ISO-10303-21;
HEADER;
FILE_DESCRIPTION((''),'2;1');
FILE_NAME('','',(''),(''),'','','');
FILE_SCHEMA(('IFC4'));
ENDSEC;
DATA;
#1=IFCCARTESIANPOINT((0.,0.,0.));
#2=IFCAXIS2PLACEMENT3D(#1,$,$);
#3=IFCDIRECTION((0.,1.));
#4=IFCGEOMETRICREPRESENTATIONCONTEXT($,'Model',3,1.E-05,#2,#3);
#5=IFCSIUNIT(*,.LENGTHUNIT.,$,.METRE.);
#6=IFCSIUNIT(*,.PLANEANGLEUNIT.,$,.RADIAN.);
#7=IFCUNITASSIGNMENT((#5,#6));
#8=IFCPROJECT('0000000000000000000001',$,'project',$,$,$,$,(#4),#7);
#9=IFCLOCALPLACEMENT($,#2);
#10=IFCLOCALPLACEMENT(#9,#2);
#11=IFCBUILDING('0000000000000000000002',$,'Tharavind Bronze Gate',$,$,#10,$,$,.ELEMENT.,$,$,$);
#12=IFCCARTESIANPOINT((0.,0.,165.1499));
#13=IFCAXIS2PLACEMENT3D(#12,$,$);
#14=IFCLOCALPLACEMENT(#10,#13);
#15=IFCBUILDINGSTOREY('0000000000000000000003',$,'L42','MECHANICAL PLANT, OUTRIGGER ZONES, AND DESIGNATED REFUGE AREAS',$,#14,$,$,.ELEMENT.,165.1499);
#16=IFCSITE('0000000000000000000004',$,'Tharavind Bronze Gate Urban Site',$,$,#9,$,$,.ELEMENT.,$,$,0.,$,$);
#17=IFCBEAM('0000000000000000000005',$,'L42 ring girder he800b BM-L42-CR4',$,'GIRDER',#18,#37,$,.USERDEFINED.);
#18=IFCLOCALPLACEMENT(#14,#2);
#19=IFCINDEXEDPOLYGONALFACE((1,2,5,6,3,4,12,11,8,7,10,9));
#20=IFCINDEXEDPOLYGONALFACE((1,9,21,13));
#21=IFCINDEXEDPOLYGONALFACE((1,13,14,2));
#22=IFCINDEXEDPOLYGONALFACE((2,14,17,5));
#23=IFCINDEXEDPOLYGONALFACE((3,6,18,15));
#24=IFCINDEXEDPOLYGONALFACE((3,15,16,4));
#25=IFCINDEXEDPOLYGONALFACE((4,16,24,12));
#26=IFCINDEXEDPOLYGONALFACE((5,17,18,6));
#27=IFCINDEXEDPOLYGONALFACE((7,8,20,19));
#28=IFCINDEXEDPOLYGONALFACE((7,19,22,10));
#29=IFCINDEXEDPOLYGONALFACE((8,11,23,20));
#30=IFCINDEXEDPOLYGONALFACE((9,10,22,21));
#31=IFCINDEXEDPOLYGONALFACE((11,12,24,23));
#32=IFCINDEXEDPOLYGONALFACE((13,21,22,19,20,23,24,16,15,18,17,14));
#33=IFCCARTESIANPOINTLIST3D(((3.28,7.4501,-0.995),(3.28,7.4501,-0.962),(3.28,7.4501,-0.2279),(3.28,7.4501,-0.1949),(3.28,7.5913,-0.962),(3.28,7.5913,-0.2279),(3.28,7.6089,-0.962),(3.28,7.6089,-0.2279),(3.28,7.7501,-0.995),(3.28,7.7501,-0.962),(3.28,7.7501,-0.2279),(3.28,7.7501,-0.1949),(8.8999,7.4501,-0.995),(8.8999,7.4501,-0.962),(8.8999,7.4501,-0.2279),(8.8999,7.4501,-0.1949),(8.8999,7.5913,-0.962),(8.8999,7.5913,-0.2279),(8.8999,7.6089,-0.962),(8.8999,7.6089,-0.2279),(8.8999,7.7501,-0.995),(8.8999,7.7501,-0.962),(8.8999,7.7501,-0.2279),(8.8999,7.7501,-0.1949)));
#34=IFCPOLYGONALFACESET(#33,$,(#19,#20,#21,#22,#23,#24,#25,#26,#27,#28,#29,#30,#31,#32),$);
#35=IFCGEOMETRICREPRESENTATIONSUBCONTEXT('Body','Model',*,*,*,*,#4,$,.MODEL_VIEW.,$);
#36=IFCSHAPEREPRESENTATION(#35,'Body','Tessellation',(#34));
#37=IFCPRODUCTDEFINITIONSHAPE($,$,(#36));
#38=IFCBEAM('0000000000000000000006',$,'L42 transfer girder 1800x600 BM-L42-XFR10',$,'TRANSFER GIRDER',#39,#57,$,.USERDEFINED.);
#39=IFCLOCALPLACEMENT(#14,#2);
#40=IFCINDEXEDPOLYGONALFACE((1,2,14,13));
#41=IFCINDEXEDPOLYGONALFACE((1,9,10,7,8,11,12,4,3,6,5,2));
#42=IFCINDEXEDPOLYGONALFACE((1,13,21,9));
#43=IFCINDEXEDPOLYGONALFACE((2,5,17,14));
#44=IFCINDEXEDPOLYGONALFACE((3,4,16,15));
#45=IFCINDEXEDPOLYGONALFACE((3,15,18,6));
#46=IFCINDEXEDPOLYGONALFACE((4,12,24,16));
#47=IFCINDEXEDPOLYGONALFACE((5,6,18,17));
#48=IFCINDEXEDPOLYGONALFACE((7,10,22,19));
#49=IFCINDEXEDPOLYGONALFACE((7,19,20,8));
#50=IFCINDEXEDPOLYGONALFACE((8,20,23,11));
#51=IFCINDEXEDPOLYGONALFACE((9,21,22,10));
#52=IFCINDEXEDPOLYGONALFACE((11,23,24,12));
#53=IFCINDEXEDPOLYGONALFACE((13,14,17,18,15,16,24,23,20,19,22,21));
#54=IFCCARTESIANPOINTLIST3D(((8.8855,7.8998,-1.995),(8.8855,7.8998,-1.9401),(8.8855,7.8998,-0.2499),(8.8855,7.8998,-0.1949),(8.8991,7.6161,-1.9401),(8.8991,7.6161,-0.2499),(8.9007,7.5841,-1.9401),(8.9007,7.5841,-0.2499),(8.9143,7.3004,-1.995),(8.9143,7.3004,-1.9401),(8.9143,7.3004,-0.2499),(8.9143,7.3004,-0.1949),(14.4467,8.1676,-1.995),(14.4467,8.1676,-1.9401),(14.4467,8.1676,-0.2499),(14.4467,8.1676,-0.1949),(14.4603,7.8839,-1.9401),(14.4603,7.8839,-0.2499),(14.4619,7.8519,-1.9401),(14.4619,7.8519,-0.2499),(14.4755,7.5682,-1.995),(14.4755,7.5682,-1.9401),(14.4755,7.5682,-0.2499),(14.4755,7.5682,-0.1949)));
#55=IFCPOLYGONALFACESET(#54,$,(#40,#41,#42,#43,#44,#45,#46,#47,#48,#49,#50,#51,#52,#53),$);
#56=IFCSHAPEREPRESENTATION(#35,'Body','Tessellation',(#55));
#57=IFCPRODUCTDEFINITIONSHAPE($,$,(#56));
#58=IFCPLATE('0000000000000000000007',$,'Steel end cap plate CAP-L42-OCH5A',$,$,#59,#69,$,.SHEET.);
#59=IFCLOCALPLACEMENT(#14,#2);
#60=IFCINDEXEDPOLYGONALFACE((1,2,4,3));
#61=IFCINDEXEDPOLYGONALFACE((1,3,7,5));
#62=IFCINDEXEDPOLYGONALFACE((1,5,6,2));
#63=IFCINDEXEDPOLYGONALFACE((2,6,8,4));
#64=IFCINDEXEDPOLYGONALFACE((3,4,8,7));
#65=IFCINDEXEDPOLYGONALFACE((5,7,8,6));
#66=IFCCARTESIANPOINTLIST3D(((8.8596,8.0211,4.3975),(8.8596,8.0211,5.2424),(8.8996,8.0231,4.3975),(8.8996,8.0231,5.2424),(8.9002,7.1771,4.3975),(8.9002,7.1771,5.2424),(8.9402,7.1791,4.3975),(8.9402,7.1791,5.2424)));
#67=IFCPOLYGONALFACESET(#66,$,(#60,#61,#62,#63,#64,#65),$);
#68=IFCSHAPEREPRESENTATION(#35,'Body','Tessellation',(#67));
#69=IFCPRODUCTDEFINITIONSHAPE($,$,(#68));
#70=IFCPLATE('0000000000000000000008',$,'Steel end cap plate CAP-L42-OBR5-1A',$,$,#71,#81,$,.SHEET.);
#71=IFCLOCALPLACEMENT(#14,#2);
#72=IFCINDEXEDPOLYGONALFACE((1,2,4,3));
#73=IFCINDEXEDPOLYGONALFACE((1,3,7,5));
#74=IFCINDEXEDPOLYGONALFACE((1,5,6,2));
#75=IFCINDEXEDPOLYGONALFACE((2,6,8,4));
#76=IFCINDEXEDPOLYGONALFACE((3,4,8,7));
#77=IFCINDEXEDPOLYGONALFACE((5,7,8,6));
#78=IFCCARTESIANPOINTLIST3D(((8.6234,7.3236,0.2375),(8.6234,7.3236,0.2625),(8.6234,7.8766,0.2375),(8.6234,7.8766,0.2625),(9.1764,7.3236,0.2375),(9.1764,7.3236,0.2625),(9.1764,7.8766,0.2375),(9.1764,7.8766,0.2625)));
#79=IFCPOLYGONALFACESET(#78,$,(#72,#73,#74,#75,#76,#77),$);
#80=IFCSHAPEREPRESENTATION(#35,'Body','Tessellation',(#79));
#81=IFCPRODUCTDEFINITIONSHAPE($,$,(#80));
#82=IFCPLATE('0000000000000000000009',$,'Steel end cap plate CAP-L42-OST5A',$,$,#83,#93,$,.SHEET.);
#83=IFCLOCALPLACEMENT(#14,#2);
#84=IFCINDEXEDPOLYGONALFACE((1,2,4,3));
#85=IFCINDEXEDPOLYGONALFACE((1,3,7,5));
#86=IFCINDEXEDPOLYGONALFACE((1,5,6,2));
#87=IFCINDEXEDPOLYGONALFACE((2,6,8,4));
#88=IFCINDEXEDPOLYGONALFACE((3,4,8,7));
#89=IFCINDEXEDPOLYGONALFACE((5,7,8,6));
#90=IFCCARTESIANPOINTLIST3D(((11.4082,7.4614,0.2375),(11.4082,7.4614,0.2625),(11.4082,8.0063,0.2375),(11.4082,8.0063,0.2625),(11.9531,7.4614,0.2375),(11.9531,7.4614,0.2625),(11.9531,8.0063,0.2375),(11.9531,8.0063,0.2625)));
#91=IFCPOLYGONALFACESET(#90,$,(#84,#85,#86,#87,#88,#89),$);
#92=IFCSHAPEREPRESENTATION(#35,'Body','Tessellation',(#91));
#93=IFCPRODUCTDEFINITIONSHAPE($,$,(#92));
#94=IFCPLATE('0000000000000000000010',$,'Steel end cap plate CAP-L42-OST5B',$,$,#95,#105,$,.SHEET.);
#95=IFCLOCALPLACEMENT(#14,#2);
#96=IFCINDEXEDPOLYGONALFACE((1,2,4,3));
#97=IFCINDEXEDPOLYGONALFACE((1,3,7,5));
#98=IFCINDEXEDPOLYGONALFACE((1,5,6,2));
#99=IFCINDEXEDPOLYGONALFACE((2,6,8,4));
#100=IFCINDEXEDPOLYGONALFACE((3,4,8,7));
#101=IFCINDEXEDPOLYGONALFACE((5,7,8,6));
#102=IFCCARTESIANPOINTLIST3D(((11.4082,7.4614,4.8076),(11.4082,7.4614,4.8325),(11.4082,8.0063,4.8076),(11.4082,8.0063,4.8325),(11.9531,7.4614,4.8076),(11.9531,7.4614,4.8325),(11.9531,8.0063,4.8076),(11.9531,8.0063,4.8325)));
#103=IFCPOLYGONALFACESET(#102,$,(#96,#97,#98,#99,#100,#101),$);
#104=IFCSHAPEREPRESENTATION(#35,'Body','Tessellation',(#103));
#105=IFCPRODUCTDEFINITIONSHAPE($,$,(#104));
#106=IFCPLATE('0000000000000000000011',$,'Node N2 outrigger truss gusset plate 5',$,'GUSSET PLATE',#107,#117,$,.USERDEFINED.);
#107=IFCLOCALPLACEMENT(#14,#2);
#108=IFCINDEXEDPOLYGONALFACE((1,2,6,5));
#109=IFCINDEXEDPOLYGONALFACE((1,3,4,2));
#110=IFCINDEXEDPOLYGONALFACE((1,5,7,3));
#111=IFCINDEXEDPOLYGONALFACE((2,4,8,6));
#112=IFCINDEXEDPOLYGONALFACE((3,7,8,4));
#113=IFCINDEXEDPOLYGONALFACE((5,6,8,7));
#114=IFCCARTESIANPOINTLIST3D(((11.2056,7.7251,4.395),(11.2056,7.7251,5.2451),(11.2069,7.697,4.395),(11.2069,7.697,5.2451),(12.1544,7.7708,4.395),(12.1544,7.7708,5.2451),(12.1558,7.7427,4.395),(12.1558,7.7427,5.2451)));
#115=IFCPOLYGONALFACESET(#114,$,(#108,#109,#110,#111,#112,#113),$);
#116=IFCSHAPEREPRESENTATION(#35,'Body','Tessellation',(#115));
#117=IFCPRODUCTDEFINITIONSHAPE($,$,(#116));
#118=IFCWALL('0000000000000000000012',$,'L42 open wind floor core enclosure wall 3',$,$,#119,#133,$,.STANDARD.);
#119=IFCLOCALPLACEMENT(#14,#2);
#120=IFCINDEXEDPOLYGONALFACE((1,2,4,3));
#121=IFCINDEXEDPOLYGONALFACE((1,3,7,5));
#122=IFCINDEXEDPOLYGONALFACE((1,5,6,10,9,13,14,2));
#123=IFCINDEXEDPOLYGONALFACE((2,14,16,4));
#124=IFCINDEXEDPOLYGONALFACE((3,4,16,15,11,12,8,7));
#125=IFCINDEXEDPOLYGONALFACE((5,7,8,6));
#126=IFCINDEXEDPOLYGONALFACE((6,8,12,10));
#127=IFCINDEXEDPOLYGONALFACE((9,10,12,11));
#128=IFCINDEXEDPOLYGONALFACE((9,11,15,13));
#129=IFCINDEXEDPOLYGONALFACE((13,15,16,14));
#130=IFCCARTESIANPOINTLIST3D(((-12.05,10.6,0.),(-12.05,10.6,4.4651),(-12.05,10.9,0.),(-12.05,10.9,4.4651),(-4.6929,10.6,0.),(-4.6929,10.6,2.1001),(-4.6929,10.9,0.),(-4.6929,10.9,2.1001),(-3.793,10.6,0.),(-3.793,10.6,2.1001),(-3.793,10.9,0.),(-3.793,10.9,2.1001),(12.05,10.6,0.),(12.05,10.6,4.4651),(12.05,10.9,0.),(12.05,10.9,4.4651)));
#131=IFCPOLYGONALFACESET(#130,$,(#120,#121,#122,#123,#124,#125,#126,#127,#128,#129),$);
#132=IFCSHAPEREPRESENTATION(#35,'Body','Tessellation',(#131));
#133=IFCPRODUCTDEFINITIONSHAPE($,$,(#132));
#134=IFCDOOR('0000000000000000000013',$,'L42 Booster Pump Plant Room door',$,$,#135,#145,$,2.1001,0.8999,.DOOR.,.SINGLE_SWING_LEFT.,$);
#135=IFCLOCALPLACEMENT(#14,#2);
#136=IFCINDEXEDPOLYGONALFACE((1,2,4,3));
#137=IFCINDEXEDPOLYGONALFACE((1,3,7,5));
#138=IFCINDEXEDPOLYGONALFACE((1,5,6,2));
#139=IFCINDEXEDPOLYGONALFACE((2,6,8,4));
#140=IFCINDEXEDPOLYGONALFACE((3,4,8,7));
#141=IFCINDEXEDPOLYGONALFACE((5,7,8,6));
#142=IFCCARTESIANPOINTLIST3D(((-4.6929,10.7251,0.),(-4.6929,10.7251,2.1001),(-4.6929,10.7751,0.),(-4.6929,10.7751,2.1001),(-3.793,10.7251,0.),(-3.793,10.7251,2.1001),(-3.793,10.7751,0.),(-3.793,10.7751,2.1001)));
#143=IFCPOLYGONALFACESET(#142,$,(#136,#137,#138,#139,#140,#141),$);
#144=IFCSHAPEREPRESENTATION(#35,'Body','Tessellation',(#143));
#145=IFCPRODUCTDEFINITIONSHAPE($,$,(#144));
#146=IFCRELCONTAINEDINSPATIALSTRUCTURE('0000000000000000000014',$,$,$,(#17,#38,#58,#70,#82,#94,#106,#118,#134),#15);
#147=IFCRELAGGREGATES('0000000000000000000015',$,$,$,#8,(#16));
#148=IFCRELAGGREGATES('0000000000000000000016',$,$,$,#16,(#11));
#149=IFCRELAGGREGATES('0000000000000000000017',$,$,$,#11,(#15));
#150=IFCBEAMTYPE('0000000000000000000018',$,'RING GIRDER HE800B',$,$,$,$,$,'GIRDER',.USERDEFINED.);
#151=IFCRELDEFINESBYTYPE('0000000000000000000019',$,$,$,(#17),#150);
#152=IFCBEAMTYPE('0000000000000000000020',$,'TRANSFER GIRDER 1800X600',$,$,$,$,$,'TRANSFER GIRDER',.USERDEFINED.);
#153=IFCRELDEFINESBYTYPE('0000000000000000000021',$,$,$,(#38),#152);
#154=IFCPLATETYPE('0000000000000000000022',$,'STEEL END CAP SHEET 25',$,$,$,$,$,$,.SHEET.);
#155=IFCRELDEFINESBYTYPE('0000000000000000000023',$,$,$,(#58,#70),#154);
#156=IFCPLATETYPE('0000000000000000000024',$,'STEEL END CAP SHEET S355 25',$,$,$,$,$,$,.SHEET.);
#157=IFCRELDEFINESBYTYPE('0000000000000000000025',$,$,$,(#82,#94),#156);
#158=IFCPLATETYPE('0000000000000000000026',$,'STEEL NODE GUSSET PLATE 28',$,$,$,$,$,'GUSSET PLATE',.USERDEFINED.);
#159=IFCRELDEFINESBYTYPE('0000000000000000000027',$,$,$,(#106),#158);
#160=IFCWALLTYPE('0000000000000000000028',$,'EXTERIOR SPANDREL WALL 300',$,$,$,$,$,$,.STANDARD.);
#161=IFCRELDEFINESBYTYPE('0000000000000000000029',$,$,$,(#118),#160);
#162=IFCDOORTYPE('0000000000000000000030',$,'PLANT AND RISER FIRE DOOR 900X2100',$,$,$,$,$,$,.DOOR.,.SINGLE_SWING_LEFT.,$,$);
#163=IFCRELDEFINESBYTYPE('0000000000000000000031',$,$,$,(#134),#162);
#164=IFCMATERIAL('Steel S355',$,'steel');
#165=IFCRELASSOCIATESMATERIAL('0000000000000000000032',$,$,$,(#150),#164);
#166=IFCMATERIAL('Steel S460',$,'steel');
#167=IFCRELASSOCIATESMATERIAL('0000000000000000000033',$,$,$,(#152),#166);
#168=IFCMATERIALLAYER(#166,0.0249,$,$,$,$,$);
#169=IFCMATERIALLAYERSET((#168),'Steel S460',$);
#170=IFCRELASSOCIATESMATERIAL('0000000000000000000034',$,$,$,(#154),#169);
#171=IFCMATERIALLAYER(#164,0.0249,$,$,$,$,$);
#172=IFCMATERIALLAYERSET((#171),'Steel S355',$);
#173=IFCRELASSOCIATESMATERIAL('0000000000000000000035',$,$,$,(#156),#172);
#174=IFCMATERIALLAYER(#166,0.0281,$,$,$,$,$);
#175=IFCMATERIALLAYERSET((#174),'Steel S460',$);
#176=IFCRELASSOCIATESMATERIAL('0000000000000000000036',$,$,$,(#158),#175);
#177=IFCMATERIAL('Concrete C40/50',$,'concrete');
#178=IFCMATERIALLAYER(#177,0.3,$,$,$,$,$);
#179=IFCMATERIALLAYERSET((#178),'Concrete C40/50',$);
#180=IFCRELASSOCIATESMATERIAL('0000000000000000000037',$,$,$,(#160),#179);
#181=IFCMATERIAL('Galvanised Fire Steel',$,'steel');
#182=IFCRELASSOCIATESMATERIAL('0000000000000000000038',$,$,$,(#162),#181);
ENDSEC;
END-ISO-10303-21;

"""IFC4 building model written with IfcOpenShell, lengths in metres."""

from ifc_helpers import new_model, si_unit, direction, frame, frame_2d, origin, origin_2d, place, context, subcontext, project, spatial, rectangle, i_section, extrude, material, layer, layer_set, material_profile, profile_set, type_object, element, fill, save


model = new_model("IFC4")

# Units and contexts
model_context = context("Model", 3, precision=1e-05, world=origin(), true_north=direction((0.0, 1.0)))
body_context = subcontext(model_context, "Body", "Model", "MODEL_VIEW")
ifc_project = project(units=[si_unit("LENGTHUNIT", "METRE"), si_unit("PLANEANGLEUNIT", "RADIAN")], contexts=[model_context])

# Site, building, storey
site_placement = place(None, origin())
site = spatial("IfcSite", under=ifc_project, at=site_placement, Name="Tharavind Bronze Gate Urban Site", CompositionType="ELEMENT", RefElevation=0.0)
building_placement = place(site_placement, origin())
building = spatial("IfcBuilding", under=site, at=building_placement, Name="Tharavind Bronze Gate", CompositionType="ELEMENT")
storey_placement = place(building_placement, frame((0.0, 0.0, 165.1499)))
storey = spatial("IfcBuildingStorey", under=building, at=storey_placement, Name="L42", Description="MECHANICAL PLANT, OUTRIGGER ZONES, AND DESIGNATED REFUGE AREAS", CompositionType="ELEMENT", Elevation=165.1499)

# Shared definitions
ifc_material_1 = material(Name="Steel S460", Category="steel")

# Beams
ifc_material_2 = material(Name="Steel S355", Category="steel")
ifc_material_profile_1 = material_profile(ifc_material_2, i_section(OverallWidth=0.3, OverallDepth=0.8, WebThickness=0.0176, FlangeThickness=0.033, at=origin_2d()), Name="HE800B")
ifc_profile_set_1 = profile_set([ifc_material_profile_1], Name="Steel S355")
beam_type_1 = type_object("IfcBeamType", Name="RING GIRDER HE800B", ElementType="GIRDER", PredefinedType="USERDEFINED", material=ifc_profile_set_1)
beam_1_placement = place(storey_placement, frame((8.8999, 7.6001, -0.595), z_axis=(-1.0, 0.0, 0.0), x_axis=(0.0, -1.0, 0.0)))
element("IfcBeam", 1, at=beam_1_placement, inside=storey, type_object=beam_type_1, Name="L42 ring girder he800b BM-L42-CR4", ObjectType="GIRDER", PredefinedType="USERDEFINED", context=body_context, shape_type="SweptSolid", body=[
    extrude(i_section(OverallWidth=0.3, OverallDepth=0.8, WebThickness=0.0176, FlangeThickness=0.033, at=origin_2d()), origin(), (0.0, 0.0, 1.0), 5.6199),
])
ifc_material_profile_2 = material_profile(ifc_material_1, i_section(OverallWidth=0.6001, OverallDepth=1.8, WebThickness=0.032, FlangeThickness=0.0549, at=origin_2d()), Name="PG1800X600")
ifc_profile_set_2 = profile_set([ifc_material_profile_2], Name="Steel S460")
beam_type_2 = type_object("IfcBeamType", Name="TRANSFER GIRDER 1800X600", ElementType="TRANSFER GIRDER", PredefinedType="USERDEFINED", material=ifc_profile_set_2)
beam_2_placement = place(storey_placement, frame((8.8999, 7.6001, -1.095), z_axis=(0.998842, 0.048103, 0.0), x_axis=(-0.048103, 0.998842, 0.0)))
element("IfcBeam", 2, at=beam_2_placement, inside=storey, type_object=beam_type_2, Name="L42 transfer girder 1800x600 BM-L42-XFR10", ObjectType="TRANSFER GIRDER", PredefinedType="USERDEFINED", context=body_context, shape_type="SweptSolid", body=[
    extrude(i_section(OverallWidth=0.6001, OverallDepth=1.8, WebThickness=0.032, FlangeThickness=0.0549, at=origin_2d()), origin(), (0.0, 0.0, 1.0), 5.5676),
])

# Plates
ifc_layer_1 = layer(ifc_material_1, 0.0249)
ifc_layer_set_1 = layer_set([ifc_layer_1], Name="Steel S460")
plate_type_1 = type_object("IfcPlateType", Name="STEEL END CAP SHEET 25", PredefinedType="SHEET", material=ifc_layer_set_1)
plate_1_placement = place(storey_placement, frame((8.8999, 7.6001, 4.3975), z_axis=(0.0, 0.0, 1.0), x_axis=(0.998842, 0.048118, 0.0)))
element("IfcPlate", 3, at=plate_1_placement, inside=storey, type_object=plate_type_1, Name="Steel end cap plate CAP-L42-OCH5A", PredefinedType="SHEET", context=body_context, shape_type="SweptSolid", body=[
    extrude(rectangle(XDim=0.04, YDim=0.845, at=origin_2d()), origin(), (0.0, 0.0, 1.0), 0.845),
])
plate_2_placement = place(storey_placement, frame((8.8999, 7.6001, 0.2375), z_axis=(0.0, 0.0, 1.0), x_axis=(1.0, 0.0, 0.0)))
element("IfcPlate", 4, at=plate_2_placement, inside=storey, type_object=plate_type_1, Name="Steel end cap plate CAP-L42-OBR5-1A", PredefinedType="SHEET", context=body_context, shape_type="SweptSolid", body=[
    extrude(rectangle(XDim=0.553, YDim=0.553, at=origin_2d()), origin(), (0.0, 0.0, 1.0), 0.0249),
])
ifc_layer_2 = layer(ifc_material_2, 0.0249)
ifc_layer_set_2 = layer_set([ifc_layer_2], Name="Steel S355")
plate_type_2 = type_object("IfcPlateType", Name="STEEL END CAP SHEET S355 25", PredefinedType="SHEET", material=ifc_layer_set_2)
for number, where, z_axis, x_axis, name in (
    (5, (11.6807, 7.7339, 0.2375), (0.0, 0.0, 1.0), (1.0, 0.0, 0.0), "Steel end cap plate CAP-L42-OST5A"),
    (6, (11.6807, 7.7339, 4.8076), (0.0, 0.0, 1.0), (1.0, 0.0, 0.0), "Steel end cap plate CAP-L42-OST5B"),
):
    element("IfcPlate", number, at=place(storey_placement, frame(where, z_axis=z_axis, x_axis=x_axis)), inside=storey, type_object=plate_type_2, Name=name, PredefinedType="SHEET", context=body_context, shape_type="SweptSolid", body=[
        extrude(rectangle(XDim=0.5449, YDim=0.5449, at=origin_2d()), origin(), (0.0, 0.0, 1.0), 0.0249),
    ])
ifc_layer_3 = layer(ifc_material_1, 0.0281)
ifc_layer_set_3 = layer_set([ifc_layer_3], Name="Steel S460")
plate_type_3 = type_object("IfcPlateType", Name="STEEL NODE GUSSET PLATE 28", ElementType="GUSSET PLATE", PredefinedType="USERDEFINED", material=ifc_layer_set_3)
plate_3_placement = place(storey_placement, frame((11.6807, 7.7339, 4.395), z_axis=(0.0, 0.0, 1.0), x_axis=(0.998842, 0.048118, 0.0)))
element("IfcPlate", 7, at=plate_3_placement, inside=storey, type_object=plate_type_3, Name="Node N2 outrigger truss gusset plate 5", ObjectType="GUSSET PLATE", PredefinedType="USERDEFINED", context=body_context, shape_type="SweptSolid", body=[
    extrude(rectangle(XDim=0.95, YDim=0.0281, at=origin_2d()), origin(), (0.0, 0.0, 1.0), 0.8501),
])

# Wall, opening, door
ifc_material_3 = material(Name="Concrete C40/50", Category="concrete")
ifc_layer_4 = layer(ifc_material_3, 0.3)
ifc_layer_set_4 = layer_set([ifc_layer_4], Name="Concrete C40/50")
wall_type_1 = type_object("IfcWallType", Name="EXTERIOR SPANDREL WALL 300", PredefinedType="STANDARD", material=ifc_layer_set_4)
wall_1_placement = place(storey_placement, frame((12.05, 10.75, 0.0), z_axis=(0.0, 0.0, 1.0), x_axis=(-1.0, 0.0, 0.0)))
wall_1 = element("IfcWall", 8, at=wall_1_placement, inside=storey, type_object=wall_type_1, Name="L42 open wind floor core enclosure wall 3", PredefinedType="STANDARD", context=body_context, shape_type="SweptSolid", body=[
    extrude(rectangle(XDim=24.1001, YDim=0.3, at=frame_2d((12.05, 0.0))), origin(), (0.0, 0.0, 1.0), 4.4651),
])
opening_1_placement = place(wall_1_placement, frame((15.843, 0.0, 0.0)))
opening_1 = element("IfcOpeningElement", 9, at=opening_1_placement, cuts=wall_1, PredefinedType="OPENING", context=body_context, shape_type="SweptSolid", body=[
    extrude(rectangle(XDim=0.8999, YDim=2.1001, at=frame_2d((0.45, 1.05))), frame((0.0, 0.1599, 0.0), z_axis=(0.0, -1.0, 0.0), x_axis=(1.0, 0.0, 0.0)), (0.0, 0.0, 1.0), 0.32),
])
ifc_material_4 = material(Name="Galvanised Fire Steel", Category="steel")
door_type = type_object("IfcDoorType", Name="PLANT AND RISER FIRE DOOR 900X2100", OperationType="SINGLE_SWING_LEFT", PredefinedType="DOOR", material=ifc_material_4)
door_1_placement = place(opening_1_placement, origin())
door_1 = element("IfcDoor", 10, at=door_1_placement, inside=storey, type_object=door_type, Name="L42 Booster Pump Plant Room door", OperationType="SINGLE_SWING_LEFT", OverallHeight=2.1001, OverallWidth=0.8999, PredefinedType="DOOR", context=body_context, shape_type="SweptSolid", body=[
    extrude(rectangle(XDim=0.8999, YDim=2.1001, at=frame_2d((0.45, 1.05))), frame((0.0, 0.0249, 0.0), z_axis=(0.0, -1.0, 0.0), x_axis=(1.0, 0.0, 0.0)), (0.0, 0.0, 1.0), 0.05),
])
fill(opening_1, door_1)

save(model, "model.ifc")
